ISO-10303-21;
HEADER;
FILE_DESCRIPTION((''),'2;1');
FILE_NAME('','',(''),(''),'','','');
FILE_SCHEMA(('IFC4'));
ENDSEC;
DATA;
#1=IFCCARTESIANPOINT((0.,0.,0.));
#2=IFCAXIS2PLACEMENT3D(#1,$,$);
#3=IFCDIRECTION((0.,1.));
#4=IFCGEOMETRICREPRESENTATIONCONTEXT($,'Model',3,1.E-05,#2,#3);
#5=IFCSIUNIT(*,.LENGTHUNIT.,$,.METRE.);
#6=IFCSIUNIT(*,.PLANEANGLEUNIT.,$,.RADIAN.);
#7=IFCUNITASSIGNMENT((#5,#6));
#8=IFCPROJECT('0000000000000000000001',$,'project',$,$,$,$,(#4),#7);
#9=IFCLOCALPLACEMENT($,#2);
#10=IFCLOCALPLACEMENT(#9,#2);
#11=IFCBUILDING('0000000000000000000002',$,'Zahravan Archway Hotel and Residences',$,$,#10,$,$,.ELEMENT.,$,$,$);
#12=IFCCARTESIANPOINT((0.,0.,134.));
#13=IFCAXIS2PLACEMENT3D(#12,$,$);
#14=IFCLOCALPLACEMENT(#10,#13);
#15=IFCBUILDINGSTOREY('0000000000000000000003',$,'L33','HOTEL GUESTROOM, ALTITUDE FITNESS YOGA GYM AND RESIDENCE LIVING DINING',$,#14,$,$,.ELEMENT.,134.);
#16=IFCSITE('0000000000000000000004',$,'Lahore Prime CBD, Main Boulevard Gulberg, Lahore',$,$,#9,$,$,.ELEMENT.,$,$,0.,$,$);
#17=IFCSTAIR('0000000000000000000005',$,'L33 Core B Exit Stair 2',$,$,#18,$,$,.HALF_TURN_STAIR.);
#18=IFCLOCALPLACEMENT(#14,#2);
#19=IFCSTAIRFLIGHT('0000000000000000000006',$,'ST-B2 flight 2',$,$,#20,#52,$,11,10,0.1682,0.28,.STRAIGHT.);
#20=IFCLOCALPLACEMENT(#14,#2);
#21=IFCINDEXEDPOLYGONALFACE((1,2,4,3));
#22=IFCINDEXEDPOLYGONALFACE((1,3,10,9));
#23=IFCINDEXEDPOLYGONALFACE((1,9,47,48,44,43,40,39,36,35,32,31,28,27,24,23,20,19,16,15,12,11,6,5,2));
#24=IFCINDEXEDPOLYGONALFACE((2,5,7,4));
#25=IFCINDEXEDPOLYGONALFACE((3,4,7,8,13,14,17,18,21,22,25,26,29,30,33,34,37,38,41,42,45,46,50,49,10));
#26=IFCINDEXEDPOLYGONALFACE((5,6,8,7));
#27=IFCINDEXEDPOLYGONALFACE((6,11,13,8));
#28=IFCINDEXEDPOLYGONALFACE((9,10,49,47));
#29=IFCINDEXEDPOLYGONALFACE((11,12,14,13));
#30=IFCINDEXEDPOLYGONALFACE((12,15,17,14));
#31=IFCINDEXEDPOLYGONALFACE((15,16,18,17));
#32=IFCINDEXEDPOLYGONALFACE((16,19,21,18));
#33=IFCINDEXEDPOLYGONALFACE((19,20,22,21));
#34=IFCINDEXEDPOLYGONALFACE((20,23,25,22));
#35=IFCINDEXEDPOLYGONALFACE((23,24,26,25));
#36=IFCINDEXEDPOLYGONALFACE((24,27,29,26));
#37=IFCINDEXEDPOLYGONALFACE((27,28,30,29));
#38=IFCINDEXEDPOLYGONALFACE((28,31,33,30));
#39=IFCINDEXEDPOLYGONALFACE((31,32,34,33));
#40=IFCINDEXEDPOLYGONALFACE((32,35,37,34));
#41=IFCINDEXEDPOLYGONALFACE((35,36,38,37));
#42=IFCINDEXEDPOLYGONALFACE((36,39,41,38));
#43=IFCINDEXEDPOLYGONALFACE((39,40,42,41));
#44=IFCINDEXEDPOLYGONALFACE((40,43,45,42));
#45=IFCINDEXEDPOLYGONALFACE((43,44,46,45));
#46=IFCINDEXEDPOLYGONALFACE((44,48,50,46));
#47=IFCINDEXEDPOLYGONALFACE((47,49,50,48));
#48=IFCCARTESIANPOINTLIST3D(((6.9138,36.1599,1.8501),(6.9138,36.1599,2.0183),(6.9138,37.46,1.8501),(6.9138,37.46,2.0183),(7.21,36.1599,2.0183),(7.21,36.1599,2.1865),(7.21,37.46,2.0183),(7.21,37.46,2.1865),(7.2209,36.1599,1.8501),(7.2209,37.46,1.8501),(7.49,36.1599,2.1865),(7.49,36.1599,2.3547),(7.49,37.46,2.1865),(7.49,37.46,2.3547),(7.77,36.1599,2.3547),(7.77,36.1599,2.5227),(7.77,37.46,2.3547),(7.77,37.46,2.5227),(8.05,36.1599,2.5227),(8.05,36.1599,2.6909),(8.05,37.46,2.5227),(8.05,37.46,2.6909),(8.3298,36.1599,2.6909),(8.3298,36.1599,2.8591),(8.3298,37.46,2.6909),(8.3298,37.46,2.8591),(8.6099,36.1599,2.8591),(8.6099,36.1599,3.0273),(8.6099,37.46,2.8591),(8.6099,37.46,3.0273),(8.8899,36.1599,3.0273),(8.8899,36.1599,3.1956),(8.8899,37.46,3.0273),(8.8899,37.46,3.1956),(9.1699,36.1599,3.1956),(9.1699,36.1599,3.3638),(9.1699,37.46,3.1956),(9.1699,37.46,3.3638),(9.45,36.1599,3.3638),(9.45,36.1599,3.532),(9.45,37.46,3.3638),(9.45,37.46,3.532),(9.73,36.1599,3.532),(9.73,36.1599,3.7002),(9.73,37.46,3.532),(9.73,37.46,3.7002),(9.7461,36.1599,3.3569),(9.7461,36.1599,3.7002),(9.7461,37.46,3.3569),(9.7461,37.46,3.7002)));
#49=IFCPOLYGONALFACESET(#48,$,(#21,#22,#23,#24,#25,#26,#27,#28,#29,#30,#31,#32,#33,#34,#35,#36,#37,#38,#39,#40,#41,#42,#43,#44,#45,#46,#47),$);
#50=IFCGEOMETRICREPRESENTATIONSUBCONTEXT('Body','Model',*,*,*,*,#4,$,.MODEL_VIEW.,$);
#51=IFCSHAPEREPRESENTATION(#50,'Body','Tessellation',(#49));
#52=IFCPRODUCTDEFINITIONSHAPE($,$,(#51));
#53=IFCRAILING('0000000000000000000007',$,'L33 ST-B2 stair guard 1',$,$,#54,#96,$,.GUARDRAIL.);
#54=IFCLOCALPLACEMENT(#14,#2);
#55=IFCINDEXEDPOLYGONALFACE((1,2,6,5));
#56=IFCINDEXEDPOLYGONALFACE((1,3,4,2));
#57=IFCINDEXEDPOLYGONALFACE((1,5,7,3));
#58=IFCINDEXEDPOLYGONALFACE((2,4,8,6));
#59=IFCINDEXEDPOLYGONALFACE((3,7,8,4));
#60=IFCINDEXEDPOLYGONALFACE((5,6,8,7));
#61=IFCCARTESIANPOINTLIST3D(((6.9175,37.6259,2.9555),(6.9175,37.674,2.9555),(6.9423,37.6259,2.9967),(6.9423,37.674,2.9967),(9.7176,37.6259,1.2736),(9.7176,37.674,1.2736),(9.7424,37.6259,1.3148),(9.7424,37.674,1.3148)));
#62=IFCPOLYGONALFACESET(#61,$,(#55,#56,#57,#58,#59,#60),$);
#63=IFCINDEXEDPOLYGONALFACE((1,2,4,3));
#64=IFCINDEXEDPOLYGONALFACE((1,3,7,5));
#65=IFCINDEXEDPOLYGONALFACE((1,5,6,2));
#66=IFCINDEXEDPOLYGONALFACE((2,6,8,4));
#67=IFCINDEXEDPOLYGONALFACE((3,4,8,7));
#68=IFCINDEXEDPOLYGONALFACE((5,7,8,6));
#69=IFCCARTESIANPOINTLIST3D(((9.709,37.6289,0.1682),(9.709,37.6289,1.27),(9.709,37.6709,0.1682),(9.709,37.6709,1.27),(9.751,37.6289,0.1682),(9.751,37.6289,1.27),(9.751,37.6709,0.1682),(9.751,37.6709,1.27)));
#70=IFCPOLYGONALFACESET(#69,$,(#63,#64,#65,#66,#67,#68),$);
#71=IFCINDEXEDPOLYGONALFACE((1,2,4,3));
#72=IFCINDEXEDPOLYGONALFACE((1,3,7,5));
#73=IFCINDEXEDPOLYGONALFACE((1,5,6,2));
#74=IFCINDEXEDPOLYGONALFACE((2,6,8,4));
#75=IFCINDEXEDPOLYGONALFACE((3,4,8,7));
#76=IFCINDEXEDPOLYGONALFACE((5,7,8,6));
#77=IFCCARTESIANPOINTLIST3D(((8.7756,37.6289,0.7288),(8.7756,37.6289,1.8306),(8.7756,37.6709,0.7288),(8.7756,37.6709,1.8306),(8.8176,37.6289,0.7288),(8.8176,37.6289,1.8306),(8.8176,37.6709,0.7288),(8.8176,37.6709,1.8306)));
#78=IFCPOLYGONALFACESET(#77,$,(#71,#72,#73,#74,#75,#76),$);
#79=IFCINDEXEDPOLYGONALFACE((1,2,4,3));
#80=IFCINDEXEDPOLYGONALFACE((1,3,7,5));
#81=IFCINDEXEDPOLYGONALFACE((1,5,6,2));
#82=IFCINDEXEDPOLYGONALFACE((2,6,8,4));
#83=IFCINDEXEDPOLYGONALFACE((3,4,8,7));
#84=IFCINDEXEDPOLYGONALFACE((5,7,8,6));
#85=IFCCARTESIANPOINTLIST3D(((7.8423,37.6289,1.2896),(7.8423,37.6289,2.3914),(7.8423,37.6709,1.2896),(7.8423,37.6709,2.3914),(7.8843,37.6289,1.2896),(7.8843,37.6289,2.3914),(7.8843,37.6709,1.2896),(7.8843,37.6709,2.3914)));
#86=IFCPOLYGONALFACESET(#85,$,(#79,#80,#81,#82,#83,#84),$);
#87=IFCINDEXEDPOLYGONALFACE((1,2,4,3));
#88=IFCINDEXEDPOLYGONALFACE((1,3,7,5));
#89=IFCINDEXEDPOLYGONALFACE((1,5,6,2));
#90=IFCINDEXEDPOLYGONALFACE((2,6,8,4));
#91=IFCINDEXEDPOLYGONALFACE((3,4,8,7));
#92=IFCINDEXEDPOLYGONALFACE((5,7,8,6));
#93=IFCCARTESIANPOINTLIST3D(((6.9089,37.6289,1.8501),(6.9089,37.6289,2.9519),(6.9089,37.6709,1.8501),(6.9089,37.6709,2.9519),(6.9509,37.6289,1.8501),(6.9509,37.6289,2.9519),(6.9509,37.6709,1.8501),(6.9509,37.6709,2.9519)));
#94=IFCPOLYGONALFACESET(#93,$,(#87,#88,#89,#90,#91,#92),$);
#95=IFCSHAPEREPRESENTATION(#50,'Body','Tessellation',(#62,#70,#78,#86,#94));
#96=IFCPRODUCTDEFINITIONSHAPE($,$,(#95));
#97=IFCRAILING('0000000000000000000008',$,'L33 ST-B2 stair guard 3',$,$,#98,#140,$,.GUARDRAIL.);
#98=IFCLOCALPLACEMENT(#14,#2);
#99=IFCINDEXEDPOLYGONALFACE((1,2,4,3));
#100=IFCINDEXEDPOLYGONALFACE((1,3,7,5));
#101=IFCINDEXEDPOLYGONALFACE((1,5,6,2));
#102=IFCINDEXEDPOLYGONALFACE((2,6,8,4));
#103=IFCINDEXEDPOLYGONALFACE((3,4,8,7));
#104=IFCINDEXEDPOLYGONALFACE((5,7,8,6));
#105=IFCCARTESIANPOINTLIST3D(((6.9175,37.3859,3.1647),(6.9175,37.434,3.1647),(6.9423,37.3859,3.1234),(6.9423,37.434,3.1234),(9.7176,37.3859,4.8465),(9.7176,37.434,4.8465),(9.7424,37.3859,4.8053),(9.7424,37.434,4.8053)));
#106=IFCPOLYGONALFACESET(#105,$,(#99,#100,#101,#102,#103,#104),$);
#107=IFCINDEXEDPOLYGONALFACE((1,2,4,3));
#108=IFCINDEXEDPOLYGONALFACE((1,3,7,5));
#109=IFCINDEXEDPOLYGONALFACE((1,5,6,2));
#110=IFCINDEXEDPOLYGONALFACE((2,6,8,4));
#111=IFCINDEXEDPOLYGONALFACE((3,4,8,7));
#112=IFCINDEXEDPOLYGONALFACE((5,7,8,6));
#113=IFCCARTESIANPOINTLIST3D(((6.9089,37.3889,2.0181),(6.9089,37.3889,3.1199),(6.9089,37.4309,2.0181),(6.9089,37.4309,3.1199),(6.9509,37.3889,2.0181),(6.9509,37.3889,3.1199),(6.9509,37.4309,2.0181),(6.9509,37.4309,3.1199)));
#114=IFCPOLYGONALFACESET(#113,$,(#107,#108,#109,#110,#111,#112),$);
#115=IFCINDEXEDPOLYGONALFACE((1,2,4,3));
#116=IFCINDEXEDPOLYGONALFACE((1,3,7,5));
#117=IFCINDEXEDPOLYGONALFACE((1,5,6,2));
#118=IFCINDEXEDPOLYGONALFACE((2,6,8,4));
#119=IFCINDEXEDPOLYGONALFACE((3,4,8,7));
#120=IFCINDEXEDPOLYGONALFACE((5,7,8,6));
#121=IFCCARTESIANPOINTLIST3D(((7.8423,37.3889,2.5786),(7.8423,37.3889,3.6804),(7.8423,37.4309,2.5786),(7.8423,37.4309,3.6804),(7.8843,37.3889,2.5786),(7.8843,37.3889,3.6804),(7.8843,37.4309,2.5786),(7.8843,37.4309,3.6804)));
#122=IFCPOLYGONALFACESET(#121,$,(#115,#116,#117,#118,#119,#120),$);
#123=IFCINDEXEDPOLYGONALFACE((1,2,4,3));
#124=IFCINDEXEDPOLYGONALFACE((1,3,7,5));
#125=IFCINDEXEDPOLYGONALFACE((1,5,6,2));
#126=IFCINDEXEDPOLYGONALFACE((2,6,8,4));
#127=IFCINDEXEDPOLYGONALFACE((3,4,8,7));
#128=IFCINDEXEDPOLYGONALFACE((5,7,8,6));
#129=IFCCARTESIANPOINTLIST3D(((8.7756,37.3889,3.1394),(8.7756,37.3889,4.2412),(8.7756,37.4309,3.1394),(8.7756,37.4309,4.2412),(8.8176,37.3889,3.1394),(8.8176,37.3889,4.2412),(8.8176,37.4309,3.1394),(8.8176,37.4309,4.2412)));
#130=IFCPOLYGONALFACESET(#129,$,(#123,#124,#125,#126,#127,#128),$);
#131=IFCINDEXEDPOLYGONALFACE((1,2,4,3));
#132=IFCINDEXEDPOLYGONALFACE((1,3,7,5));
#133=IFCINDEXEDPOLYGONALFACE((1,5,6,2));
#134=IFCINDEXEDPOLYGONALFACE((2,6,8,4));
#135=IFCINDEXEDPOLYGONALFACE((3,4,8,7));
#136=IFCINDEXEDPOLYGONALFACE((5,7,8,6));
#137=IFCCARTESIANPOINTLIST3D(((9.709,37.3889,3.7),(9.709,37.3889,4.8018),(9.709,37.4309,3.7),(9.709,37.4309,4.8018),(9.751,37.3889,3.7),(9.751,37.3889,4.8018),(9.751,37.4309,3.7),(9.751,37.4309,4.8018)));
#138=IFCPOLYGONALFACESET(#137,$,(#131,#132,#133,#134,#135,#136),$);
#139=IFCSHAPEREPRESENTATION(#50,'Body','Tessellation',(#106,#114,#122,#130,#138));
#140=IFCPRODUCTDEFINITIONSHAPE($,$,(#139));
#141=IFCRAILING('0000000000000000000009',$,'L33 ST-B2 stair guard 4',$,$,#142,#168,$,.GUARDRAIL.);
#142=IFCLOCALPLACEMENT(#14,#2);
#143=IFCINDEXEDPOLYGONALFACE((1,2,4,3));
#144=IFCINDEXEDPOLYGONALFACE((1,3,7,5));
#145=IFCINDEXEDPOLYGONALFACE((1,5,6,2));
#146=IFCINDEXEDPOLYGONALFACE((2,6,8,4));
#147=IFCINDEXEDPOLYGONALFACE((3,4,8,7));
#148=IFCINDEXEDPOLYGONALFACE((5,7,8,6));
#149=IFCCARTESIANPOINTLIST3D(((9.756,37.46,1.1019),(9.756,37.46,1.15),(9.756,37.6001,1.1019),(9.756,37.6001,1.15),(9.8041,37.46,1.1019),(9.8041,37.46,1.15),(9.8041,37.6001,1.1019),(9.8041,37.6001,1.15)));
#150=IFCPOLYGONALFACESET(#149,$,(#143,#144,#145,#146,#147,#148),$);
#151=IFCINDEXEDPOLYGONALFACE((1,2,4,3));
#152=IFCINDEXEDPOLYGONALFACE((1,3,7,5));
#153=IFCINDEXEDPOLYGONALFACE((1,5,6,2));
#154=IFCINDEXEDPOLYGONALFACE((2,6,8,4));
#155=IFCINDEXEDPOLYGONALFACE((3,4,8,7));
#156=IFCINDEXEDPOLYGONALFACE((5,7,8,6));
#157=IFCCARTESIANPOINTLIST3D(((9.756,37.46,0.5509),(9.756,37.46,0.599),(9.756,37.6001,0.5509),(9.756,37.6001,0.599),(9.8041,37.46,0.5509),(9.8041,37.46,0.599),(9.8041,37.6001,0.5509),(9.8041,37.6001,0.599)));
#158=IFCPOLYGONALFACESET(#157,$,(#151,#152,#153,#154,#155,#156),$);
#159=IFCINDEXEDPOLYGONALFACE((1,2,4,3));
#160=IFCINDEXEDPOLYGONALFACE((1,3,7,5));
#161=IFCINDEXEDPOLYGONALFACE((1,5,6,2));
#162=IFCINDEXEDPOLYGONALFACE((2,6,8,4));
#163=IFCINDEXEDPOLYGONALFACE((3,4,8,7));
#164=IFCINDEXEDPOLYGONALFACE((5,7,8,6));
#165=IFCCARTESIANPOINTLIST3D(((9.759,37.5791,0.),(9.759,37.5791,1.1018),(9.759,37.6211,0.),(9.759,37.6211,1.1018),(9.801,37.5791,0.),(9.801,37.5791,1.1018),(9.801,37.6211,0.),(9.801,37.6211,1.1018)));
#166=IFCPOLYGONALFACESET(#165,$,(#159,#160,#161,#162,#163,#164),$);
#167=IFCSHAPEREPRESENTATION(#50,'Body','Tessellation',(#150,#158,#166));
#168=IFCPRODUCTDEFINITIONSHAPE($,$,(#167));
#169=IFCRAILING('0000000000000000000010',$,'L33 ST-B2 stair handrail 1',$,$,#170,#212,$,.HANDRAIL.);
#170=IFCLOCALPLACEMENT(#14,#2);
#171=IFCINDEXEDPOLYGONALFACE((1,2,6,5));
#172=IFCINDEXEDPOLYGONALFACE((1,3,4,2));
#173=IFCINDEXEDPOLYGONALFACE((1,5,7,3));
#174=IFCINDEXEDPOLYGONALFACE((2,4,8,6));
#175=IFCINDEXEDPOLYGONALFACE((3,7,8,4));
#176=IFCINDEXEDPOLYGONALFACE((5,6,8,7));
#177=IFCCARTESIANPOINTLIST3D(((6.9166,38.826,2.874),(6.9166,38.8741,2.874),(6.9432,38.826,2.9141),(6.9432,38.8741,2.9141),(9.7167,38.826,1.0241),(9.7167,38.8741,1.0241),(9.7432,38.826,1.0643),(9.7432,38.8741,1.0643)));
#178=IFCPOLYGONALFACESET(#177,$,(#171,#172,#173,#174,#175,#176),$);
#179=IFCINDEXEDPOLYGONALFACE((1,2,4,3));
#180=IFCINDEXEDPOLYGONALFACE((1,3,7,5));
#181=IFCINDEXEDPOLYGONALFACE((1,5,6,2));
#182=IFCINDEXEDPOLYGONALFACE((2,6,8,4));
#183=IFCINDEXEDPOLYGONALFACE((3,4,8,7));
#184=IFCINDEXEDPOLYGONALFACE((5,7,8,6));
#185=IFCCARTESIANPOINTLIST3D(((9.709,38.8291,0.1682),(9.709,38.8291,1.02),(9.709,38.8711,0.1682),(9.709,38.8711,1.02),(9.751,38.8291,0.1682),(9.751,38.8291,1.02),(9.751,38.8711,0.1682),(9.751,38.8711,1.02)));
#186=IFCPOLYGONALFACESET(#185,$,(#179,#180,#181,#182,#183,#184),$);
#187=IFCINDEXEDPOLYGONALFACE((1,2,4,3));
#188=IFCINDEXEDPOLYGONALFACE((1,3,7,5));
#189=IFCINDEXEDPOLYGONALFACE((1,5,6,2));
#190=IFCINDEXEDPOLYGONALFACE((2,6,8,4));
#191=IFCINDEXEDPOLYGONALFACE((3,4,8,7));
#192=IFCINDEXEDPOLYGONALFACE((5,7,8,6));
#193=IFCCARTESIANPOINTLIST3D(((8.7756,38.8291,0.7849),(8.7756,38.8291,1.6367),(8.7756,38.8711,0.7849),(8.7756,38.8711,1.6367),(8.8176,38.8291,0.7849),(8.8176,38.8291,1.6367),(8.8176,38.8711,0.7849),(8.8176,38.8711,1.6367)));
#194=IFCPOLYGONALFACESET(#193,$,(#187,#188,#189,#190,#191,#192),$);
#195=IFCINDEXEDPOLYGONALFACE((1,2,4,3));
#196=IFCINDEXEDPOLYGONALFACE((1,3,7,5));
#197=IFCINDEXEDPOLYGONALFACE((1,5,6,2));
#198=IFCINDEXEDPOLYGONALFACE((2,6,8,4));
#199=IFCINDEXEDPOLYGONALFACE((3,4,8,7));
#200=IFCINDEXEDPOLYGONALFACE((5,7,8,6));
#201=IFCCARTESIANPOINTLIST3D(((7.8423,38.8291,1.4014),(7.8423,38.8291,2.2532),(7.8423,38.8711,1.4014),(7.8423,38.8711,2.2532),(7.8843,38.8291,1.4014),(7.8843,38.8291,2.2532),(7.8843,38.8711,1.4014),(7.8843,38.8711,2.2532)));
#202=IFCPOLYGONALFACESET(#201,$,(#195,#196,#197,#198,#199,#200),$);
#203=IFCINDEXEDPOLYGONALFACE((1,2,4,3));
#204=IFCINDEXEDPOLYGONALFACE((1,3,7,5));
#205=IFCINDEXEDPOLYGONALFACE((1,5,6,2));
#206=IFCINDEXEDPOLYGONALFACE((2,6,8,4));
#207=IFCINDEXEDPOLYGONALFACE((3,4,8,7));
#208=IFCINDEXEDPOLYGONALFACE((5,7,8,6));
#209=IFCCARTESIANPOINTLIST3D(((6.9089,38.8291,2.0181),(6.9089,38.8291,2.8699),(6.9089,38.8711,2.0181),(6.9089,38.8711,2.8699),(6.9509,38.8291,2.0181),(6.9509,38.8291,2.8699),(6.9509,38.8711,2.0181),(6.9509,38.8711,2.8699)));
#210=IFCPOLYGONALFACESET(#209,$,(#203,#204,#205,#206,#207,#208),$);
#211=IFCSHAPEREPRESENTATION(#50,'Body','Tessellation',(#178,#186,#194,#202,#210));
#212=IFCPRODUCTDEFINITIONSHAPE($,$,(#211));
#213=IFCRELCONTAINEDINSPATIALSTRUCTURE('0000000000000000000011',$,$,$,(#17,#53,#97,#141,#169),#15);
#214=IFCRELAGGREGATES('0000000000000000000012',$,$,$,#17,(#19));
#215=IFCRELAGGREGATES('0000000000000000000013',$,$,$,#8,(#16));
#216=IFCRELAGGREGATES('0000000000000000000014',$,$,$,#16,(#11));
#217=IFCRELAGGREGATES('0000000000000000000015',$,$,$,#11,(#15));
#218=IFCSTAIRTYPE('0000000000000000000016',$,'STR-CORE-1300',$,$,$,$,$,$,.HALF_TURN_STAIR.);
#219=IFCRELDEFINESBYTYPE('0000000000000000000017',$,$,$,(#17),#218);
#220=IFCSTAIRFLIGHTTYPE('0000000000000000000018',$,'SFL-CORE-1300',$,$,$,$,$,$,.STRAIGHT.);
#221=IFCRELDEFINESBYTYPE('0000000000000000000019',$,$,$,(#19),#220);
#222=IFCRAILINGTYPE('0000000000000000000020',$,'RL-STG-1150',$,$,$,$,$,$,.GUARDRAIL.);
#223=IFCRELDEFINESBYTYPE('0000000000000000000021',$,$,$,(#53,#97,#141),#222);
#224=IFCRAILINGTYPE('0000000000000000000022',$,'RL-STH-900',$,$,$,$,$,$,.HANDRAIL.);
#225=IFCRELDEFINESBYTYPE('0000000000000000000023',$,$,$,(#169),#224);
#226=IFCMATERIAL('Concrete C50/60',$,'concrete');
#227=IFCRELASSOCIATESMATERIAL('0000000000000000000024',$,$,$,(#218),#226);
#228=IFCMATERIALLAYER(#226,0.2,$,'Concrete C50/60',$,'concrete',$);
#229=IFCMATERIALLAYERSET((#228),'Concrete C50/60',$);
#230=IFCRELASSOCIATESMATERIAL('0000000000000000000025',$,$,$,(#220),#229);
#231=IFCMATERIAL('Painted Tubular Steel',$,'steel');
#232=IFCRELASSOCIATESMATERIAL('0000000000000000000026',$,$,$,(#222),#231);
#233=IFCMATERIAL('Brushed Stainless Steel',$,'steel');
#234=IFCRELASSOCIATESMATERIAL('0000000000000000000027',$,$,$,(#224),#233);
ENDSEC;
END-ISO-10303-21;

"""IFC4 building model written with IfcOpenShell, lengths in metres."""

from ifc_helpers import new_model, si_unit, direction, frame, origin, origin_2d, place, context, subcontext, project, spatial, polyline, rectangle, outline, extrude, source, transform, mapped, material, layer, layer_set, type_object, element, aggregate, save


model = new_model("IFC4")

# Units and contexts
model_context = context("Model", 3, precision=1e-05, world=origin(), true_north=direction((0.0, 1.0)))
body_context = subcontext(model_context, "Body", "Model", "MODEL_VIEW")
ifc_project = project(units=[si_unit("LENGTHUNIT", "METRE"), si_unit("PLANEANGLEUNIT", "RADIAN")], contexts=[model_context])

# Site, building, storey
site_placement = place(None, origin())
site = spatial("IfcSite", under=ifc_project, at=site_placement, Name="Lahore Prime CBD, Main Boulevard Gulberg, Lahore", CompositionType="ELEMENT", RefElevation=0.0)
building_placement = place(site_placement, origin())
building = spatial("IfcBuilding", under=site, at=building_placement, Name="Zahravan Archway Hotel and Residences", CompositionType="ELEMENT")
storey_placement = place(building_placement, frame((0.0, 0.0, 134.0)))
storey = spatial("IfcBuildingStorey", under=building, at=storey_placement, Name="L33", Description="HOTEL GUESTROOM, ALTITUDE FITNESS YOGA GYM AND RESIDENCE LIVING DINING", CompositionType="ELEMENT", Elevation=134.0)

# Stair, stair flight
ifc_material_1 = material(Name="Concrete C50/60", Category="concrete")
stair_type = type_object("IfcStairType", Name="STR-CORE-1300", PredefinedType="HALF_TURN_STAIR", material=ifc_material_1)
stair_placement = place(storey_placement, origin())
stair = element("IfcStair", 1, at=stair_placement, inside=storey, type_object=stair_type, Name="L33 Core B Exit Stair 2", PredefinedType="HALF_TURN_STAIR")
ifc_layer_1 = layer(ifc_material_1, 0.2, Name="Concrete C50/60", Category="concrete")
ifc_layer_set_1 = layer_set([ifc_layer_1], Name="Concrete C50/60")
stair_flight_type = type_object("IfcStairFlightType", Name="SFL-CORE-1300", PredefinedType="STRAIGHT", material=ifc_layer_set_1)
shared_shape_1 = source(origin(), body_context, "Body", "SweptSolid", [
    extrude(outline(polyline([(-0.0161, 0.0), (-0.0161, 0.1682), (0.28, 0.1682), (0.28, 0.3364), (0.5601, 0.3364), (0.5601, 0.5046), (0.8401, 0.5046), (0.8401, 0.6726), (1.1201, 0.6726), (1.1201, 0.8408), (1.3999, 0.8408), (1.3999, 1.009), (1.6799, 1.009), (1.6799, 1.1772), (1.96, 1.1772), (1.96, 1.3455), (2.24, 1.3455), (2.24, 1.5137), (2.52, 1.5137), (2.52, 1.6819), (2.8, 1.6819), (2.8, 1.8501), (2.8162, 1.8501), (2.8162, 1.5068), (0.291, 0.0), (-0.0161, 0.0)])), frame((0.0, 0.6499, 0.0), z_axis=(0.0, -1.0, 0.0), x_axis=(1.0, 0.0, 0.0)), (0.0, 0.0, 1.0), 1.3),
])
stair_flight_1_placement = place(storey_placement, frame((6.9299, 36.8101, 1.8501), z_axis=(0.0, 0.0, 1.0), x_axis=(1.0, 0.0, 0.0)))
stair_flight_1 = element("IfcStairFlight", 2, at=stair_flight_1_placement, type_object=stair_flight_type, Name="ST-B2 flight 2", NumberOfRisers=11, NumberOfTreads=10, PredefinedType="STRAIGHT", RiserHeight=0.1682, TreadLength=0.28, context=body_context, shape_type="MappedRepresentation", body=[
    mapped(shared_shape_1, transform((0.0, 0.0, 0.0), scale=1.0)),
])
aggregate(stair, [stair_flight_1])

# Railings
ifc_material_2 = material(Name="Painted Tubular Steel", Category="steel")
railing_type_1 = type_object("IfcRailingType", Name="RL-STG-1150", PredefinedType="GUARDRAIL", material=ifc_material_2)
railing_1_placement = place(storey_placement, frame((9.73, 37.6499, 0.1682)))
element("IfcRailing", 3, at=railing_1_placement, inside=storey, type_object=railing_type_1, Name="L33 ST-B2 stair guard 1", PredefinedType="GUARDRAIL", context=body_context, shape_type="SweptSolid", body=[
    extrude(rectangle(XDim=0.0481, YDim=0.0481, at=origin_2d()), frame((0.0, 0.0, 1.126), z_axis=(-0.857242, 0.0, 0.514913), x_axis=(0.0, -1.0, 0.0)), (0.0, 0.0, 1.0), 3.2664),
    extrude(rectangle(XDim=0.042, YDim=0.042, at=origin_2d()), origin(), (0.0, 0.0, 1.0), 1.1018),
    extrude(rectangle(XDim=0.042, YDim=0.042, at=origin_2d()), frame((-0.9333, 0.0, 0.5605)), (0.0, 0.0, 1.0), 1.1018),
    extrude(rectangle(XDim=0.042, YDim=0.042, at=origin_2d()), frame((-1.8667, 0.0, 1.1213)), (0.0, 0.0, 1.0), 1.1018),
    extrude(rectangle(XDim=0.042, YDim=0.042, at=origin_2d()), frame((-2.8, 0.0, 1.6819)), (0.0, 0.0, 1.0), 1.1018),
])
railing_2_placement = place(storey_placement, frame((6.9299, 37.4099, 2.0181)))
element("IfcRailing", 4, at=railing_2_placement, inside=storey, type_object=railing_type_1, Name="L33 ST-B2 stair guard 3", PredefinedType="GUARDRAIL", context=body_context, shape_type="SweptSolid", body=[
    extrude(rectangle(XDim=0.0481, YDim=0.0481, at=origin_2d()), frame((0.0, 0.0, 1.126), z_axis=(0.857242, 0.0, 0.514913), x_axis=(0.0, 1.0, 0.0)), (0.0, 0.0, 1.0), 3.2664),
    extrude(rectangle(XDim=0.042, YDim=0.042, at=origin_2d()), origin(), (0.0, 0.0, 1.0), 1.1018),
    extrude(rectangle(XDim=0.042, YDim=0.042, at=origin_2d()), frame((0.9333, 0.0, 0.5605)), (0.0, 0.0, 1.0), 1.1018),
    extrude(rectangle(XDim=0.042, YDim=0.042, at=origin_2d()), frame((1.8667, 0.0, 1.1213)), (0.0, 0.0, 1.0), 1.1018),
    extrude(rectangle(XDim=0.042, YDim=0.042, at=origin_2d()), frame((2.8, 0.0, 1.6819)), (0.0, 0.0, 1.0), 1.1018),
])
railing_3_placement = place(storey_placement, frame((9.78, 37.6001, 0.0)))
element("IfcRailing", 5, at=railing_3_placement, inside=storey, type_object=railing_type_1, Name="L33 ST-B2 stair guard 4", PredefinedType="GUARDRAIL", context=body_context, shape_type="SweptSolid", body=[
    extrude(rectangle(XDim=0.0481, YDim=0.0481, at=origin_2d()), frame((0.0, 0.0, 1.126), z_axis=(0.0, -1.0, 0.0), x_axis=(1.0, 0.0, 0.0)), (0.0, 0.0, 1.0), 0.1401),
    extrude(rectangle(XDim=0.0481, YDim=0.0481, at=origin_2d()), frame((0.0, 0.0, 0.575), z_axis=(0.0, -1.0, 0.0), x_axis=(1.0, 0.0, 0.0)), (0.0, 0.0, 1.0), 0.1401),
    extrude(rectangle(XDim=0.042, YDim=0.042, at=origin_2d()), origin(), (0.0, 0.0, 1.0), 1.1018),
])
ifc_material_3 = material(Name="Brushed Stainless Steel", Category="steel")
railing_type_2 = type_object("IfcRailingType", Name="RL-STH-900", PredefinedType="HANDRAIL", material=ifc_material_3)
railing_4_placement = place(storey_placement, frame((9.73, 38.8501, 0.1682)))
element("IfcRailing", 6, at=railing_4_placement, inside=storey, type_object=railing_type_2, Name="L33 ST-B2 stair handrail 1", PredefinedType="HANDRAIL", context=body_context, shape_type="SweptSolid", body=[
    extrude(rectangle(XDim=0.0481, YDim=0.0481, at=origin_2d()), frame((0.0, 0.0, 0.876), z_axis=(-0.83436, 0.0, 0.55122), x_axis=(0.0, -1.0, 0.0)), (0.0, 0.0, 1.0), 3.356),
    extrude(rectangle(XDim=0.042, YDim=0.042, at=origin_2d()), origin(), (0.0, 0.0, 1.0), 0.8518),
    extrude(rectangle(XDim=0.042, YDim=0.042, at=origin_2d()), frame((-0.9333, 0.0, 0.6167)), (0.0, 0.0, 1.0), 0.8518),
    extrude(rectangle(XDim=0.042, YDim=0.042, at=origin_2d()), frame((-1.8667, 0.0, 1.2332)), (0.0, 0.0, 1.0), 0.8518),
    extrude(rectangle(XDim=0.042, YDim=0.042, at=origin_2d()), frame((-2.8, 0.0, 1.8499)), (0.0, 0.0, 1.0), 0.8518),
])

save(model, "model.ifc")
